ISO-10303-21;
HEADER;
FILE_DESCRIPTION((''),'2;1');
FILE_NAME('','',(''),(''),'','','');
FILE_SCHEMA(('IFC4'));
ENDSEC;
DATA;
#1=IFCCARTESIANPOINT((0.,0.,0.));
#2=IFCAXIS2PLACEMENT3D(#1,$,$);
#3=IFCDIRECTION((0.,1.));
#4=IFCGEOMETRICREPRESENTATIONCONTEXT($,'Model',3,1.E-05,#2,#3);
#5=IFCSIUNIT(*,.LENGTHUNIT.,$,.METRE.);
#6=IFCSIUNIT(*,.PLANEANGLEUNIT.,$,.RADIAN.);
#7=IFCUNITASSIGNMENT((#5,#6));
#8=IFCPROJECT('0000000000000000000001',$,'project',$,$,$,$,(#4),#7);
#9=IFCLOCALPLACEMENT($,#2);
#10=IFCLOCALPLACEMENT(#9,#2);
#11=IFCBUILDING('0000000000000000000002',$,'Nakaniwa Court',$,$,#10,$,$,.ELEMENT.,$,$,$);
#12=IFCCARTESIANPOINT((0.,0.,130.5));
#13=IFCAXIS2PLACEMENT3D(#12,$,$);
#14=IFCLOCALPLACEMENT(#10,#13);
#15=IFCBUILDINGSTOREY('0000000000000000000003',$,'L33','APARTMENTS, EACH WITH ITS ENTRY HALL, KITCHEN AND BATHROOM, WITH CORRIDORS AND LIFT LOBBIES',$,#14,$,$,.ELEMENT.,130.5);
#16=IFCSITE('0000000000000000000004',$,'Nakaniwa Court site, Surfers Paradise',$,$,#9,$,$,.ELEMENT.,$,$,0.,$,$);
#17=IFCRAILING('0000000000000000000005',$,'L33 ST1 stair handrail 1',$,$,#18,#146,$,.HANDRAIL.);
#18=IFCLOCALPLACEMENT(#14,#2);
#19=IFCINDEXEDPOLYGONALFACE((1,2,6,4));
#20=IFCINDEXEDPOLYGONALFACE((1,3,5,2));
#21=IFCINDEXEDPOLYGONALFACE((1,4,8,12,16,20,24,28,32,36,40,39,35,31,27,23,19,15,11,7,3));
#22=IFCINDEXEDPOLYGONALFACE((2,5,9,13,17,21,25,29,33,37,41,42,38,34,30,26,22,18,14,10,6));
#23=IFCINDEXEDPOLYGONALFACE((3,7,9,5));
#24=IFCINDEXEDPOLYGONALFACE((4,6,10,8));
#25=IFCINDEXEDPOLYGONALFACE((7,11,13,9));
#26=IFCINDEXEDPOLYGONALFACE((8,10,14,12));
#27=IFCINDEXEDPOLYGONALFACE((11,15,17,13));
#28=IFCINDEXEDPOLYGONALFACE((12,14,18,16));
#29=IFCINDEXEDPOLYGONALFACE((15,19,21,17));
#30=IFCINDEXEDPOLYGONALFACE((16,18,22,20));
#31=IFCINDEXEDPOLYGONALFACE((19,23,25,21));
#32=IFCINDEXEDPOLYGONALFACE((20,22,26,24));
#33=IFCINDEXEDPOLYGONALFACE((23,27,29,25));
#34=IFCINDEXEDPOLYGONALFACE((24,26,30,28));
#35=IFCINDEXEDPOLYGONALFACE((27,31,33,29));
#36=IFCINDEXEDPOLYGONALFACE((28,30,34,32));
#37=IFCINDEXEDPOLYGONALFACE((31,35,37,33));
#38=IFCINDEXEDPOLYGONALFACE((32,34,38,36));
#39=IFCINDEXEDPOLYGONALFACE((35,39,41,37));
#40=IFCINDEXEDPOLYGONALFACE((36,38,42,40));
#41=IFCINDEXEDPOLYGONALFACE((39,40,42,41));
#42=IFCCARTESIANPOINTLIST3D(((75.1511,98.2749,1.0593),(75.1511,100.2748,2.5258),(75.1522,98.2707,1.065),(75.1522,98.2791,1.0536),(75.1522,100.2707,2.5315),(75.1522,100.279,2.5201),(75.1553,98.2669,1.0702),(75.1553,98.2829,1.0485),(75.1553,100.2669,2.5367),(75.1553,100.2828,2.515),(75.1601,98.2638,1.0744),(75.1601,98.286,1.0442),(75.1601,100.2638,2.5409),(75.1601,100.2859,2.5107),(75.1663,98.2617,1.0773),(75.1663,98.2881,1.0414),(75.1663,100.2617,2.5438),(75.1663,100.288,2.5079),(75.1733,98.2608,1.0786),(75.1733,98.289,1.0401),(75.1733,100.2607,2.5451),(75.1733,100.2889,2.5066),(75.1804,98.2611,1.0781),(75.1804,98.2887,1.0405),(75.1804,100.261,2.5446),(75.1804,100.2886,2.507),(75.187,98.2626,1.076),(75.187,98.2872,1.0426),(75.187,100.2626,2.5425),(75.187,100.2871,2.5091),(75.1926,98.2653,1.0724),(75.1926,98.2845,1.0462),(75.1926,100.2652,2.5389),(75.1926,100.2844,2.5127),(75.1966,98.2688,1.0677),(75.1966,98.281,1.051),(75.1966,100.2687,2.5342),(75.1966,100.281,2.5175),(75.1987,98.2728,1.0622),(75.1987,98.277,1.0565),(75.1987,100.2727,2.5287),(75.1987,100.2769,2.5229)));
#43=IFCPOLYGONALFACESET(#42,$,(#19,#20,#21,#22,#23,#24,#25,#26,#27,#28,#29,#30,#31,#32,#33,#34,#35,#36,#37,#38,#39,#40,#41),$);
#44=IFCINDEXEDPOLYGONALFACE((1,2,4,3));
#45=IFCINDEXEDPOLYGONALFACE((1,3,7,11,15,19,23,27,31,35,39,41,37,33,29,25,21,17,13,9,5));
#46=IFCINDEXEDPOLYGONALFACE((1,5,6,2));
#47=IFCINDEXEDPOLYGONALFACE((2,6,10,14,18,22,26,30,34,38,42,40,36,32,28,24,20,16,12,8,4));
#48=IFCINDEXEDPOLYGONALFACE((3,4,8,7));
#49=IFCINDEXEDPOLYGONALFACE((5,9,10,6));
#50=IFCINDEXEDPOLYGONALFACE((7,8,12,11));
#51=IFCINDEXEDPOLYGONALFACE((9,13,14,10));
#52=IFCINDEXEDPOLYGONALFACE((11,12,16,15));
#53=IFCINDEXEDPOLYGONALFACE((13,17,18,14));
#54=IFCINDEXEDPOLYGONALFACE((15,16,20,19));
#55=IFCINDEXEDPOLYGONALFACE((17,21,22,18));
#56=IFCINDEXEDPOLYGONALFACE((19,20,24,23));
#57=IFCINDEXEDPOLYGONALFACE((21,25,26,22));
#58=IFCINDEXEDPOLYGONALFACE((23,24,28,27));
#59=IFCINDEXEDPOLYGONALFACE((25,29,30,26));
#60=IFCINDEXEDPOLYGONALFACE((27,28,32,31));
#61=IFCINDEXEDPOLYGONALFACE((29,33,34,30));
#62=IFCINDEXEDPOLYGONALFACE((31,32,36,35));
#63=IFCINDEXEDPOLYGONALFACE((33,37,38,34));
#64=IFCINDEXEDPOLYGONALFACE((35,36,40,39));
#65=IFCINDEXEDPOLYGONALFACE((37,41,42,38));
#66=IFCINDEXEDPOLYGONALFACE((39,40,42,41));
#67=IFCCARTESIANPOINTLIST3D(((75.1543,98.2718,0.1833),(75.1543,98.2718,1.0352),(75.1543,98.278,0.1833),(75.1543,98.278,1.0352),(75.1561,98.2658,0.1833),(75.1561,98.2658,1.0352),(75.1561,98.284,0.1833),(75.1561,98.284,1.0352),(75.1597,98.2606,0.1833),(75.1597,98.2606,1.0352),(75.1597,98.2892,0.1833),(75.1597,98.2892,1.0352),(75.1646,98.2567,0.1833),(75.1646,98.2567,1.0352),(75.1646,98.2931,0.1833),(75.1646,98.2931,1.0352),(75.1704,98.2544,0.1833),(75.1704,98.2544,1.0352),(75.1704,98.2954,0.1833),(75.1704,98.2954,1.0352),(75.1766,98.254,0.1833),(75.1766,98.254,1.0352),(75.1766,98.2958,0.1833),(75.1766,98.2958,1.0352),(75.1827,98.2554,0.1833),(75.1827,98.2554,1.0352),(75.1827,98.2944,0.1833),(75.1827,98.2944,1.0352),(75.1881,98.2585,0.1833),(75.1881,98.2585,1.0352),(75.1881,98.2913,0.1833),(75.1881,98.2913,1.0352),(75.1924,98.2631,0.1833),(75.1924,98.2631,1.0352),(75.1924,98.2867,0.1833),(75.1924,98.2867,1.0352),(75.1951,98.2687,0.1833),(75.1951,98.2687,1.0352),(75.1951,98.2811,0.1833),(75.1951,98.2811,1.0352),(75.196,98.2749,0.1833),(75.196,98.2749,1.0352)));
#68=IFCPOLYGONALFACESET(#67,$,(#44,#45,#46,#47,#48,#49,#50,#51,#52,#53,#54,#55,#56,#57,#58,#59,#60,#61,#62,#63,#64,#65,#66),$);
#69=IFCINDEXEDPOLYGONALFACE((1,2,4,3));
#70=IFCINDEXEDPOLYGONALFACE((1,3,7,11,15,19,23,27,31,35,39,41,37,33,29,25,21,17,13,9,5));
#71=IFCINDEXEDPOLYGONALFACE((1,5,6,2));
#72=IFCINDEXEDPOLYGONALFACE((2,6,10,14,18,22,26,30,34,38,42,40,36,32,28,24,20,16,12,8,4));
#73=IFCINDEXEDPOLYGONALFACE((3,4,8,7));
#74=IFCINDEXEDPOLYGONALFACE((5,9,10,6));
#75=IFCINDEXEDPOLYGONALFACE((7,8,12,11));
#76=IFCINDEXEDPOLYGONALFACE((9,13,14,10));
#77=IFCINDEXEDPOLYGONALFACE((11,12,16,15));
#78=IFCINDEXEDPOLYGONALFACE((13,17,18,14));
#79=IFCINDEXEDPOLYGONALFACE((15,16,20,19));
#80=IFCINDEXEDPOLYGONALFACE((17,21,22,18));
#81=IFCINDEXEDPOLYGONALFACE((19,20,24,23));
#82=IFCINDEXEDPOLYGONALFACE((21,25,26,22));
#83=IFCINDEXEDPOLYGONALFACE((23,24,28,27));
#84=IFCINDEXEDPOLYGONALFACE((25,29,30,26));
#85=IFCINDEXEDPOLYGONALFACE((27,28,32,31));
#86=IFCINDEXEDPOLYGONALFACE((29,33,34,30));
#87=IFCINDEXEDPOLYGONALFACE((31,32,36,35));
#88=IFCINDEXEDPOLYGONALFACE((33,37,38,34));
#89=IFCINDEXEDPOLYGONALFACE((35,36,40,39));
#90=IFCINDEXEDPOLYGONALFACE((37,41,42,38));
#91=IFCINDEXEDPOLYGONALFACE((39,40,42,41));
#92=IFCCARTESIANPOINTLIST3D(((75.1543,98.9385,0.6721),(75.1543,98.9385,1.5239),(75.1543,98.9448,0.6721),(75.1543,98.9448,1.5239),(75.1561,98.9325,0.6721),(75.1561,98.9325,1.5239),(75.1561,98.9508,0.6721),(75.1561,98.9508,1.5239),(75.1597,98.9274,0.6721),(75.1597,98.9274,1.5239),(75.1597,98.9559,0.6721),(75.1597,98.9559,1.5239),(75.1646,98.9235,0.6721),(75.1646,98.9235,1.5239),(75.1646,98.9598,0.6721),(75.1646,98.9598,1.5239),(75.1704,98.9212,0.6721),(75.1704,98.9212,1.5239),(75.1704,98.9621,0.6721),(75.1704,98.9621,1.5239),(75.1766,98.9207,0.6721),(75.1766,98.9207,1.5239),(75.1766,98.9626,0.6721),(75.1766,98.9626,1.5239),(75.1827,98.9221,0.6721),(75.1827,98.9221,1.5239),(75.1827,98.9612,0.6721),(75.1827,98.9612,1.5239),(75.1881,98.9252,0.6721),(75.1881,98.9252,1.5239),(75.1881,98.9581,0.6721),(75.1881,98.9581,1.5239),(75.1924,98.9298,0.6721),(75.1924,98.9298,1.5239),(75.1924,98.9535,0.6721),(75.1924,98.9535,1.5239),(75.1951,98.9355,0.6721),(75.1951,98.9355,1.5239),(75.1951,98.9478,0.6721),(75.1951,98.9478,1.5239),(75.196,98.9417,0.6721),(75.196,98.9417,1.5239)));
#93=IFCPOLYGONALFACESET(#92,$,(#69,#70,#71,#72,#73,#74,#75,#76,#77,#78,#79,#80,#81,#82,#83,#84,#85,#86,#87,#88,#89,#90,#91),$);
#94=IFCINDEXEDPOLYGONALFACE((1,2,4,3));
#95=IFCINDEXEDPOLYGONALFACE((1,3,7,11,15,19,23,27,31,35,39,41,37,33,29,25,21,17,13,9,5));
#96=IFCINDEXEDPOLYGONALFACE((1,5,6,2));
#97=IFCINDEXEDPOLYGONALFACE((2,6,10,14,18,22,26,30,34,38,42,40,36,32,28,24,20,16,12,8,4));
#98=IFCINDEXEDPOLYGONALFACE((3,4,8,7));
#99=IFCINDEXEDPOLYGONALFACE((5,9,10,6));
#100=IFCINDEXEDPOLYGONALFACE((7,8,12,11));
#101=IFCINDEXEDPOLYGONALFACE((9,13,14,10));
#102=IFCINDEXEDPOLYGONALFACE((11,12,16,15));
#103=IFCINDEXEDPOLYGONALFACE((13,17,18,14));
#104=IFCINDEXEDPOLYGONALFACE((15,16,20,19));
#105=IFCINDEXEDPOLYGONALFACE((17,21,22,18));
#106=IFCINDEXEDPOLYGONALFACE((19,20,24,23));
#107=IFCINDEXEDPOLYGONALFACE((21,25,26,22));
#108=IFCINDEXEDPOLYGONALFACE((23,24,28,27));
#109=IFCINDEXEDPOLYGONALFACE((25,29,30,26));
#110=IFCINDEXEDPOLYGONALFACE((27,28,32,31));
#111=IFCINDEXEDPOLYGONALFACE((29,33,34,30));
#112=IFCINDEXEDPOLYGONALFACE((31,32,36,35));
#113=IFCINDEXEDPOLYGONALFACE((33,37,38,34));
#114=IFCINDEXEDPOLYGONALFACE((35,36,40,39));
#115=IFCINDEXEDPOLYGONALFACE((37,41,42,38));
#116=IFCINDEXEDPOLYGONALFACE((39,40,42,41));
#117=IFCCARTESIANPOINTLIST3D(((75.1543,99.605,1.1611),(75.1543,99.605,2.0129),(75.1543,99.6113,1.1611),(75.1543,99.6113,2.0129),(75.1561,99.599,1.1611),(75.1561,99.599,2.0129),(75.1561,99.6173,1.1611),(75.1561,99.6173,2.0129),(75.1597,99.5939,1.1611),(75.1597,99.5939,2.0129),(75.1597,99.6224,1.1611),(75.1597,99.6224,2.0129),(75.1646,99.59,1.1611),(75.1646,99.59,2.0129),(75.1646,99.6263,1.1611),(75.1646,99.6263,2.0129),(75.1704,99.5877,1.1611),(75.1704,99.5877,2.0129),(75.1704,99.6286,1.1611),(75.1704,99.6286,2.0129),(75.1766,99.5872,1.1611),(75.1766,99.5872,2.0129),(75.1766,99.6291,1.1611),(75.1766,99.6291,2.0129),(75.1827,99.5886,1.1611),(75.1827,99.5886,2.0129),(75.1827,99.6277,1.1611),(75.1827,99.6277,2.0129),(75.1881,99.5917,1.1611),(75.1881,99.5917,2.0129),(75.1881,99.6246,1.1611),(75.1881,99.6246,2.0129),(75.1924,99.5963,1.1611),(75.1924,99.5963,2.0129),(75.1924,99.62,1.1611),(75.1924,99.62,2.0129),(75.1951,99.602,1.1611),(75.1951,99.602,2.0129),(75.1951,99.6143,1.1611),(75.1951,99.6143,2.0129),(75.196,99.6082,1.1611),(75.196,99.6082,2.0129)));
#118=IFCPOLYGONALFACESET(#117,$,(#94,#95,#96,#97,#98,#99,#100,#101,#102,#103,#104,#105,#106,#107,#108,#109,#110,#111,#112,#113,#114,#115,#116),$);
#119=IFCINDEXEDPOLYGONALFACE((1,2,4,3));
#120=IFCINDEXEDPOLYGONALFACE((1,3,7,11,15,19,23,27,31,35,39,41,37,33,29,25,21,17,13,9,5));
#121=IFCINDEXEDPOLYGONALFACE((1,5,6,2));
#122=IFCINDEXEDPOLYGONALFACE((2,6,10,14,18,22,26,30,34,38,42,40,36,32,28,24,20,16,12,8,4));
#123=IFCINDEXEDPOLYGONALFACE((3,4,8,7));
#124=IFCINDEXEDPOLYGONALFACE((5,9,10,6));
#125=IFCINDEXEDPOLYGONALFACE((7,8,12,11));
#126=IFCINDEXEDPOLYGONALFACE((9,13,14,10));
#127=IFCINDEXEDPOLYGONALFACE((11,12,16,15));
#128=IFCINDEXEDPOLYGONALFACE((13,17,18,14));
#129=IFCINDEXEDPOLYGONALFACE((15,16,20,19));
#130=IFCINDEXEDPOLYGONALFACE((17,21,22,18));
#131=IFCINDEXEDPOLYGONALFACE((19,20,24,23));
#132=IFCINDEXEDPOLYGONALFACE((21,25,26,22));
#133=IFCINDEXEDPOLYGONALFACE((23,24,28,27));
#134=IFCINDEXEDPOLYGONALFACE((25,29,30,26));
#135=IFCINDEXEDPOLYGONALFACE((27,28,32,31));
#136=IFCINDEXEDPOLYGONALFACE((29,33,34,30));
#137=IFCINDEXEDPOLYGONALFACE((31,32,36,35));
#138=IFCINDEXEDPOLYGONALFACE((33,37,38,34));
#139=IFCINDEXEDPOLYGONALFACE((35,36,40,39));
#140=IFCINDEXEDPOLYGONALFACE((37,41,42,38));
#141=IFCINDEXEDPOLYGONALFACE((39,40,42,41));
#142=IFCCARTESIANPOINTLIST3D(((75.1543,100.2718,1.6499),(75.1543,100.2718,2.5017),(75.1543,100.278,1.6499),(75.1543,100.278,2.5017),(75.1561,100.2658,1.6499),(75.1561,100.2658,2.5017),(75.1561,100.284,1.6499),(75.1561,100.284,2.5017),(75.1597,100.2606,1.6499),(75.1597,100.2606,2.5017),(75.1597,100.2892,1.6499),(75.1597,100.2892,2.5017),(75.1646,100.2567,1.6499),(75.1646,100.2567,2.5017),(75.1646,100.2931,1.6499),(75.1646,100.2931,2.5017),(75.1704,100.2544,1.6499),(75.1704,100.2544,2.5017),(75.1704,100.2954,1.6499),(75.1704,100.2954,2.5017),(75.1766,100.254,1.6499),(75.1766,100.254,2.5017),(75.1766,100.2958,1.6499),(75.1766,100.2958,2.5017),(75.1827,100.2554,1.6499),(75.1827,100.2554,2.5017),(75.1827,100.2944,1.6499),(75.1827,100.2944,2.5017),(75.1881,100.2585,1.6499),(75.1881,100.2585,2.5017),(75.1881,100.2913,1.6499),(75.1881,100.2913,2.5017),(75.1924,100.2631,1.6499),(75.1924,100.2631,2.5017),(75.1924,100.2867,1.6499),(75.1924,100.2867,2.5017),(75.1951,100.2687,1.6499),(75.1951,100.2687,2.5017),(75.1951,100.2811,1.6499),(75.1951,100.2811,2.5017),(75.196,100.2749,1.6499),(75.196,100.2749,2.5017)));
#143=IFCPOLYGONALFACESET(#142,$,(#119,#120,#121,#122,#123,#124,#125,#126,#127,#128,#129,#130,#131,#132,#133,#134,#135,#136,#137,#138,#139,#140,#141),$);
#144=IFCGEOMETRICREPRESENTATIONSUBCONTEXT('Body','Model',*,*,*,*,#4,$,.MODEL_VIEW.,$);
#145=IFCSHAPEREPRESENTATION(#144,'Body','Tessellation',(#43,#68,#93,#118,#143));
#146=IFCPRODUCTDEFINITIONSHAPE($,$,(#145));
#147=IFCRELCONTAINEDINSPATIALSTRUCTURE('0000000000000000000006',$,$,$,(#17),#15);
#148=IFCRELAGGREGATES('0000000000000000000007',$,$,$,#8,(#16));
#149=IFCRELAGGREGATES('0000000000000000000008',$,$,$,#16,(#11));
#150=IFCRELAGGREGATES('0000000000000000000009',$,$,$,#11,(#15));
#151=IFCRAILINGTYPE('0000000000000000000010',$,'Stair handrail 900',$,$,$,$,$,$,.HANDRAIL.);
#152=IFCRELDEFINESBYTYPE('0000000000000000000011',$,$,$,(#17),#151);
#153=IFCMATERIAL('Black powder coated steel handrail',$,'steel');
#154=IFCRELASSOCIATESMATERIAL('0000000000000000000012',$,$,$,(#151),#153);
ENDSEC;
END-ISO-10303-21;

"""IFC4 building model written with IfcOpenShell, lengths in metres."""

from ifc_helpers import new_model, si_unit, direction, frame, origin, origin_2d, place, context, subcontext, project, spatial, circle, extrude, material, type_object, element, save


model = new_model("IFC4")

# Units and contexts
model_context = context("Model", 3, precision=1e-05, world=origin(), true_north=direction((0.0, 1.0)))
body_context = subcontext(model_context, "Body", "Model", "MODEL_VIEW")
ifc_project = project(units=[si_unit("LENGTHUNIT", "METRE"), si_unit("PLANEANGLEUNIT", "RADIAN")], contexts=[model_context])

# Site, building, storey
site_placement = place(None, origin())
site = spatial("IfcSite", under=ifc_project, at=site_placement, Name="Nakaniwa Court site, Surfers Paradise", CompositionType="ELEMENT", RefElevation=0.0)
building_placement = place(site_placement, origin())
building = spatial("IfcBuilding", under=site, at=building_placement, Name="Nakaniwa Court", CompositionType="ELEMENT")
storey_placement = place(building_placement, frame((0.0, 0.0, 130.5)))
storey = spatial("IfcBuildingStorey", under=building, at=storey_placement, Name="L33", Description="APARTMENTS, EACH WITH ITS ENTRY HALL, KITCHEN AND BATHROOM, WITH CORRIDORS AND LIFT LOBBIES", CompositionType="ELEMENT", Elevation=130.5)

# Railing
ifc_material_1 = material(Name="Black powder coated steel handrail", Category="steel")
railing_type_1 = type_object("IfcRailingType", Name="Stair handrail 900", PredefinedType="HANDRAIL", material=ifc_material_1)
railing_1_placement = place(storey_placement, frame((75.175, 98.2749, 0.1833)))
element("IfcRailing", 1, at=railing_1_placement, inside=storey, type_object=railing_type_1, Name="L33 ST1 stair handrail 1", PredefinedType="HANDRAIL", context=body_context, shape_type="SweptSolid", body=[
    extrude(circle(Radius=0.0239, at=origin_2d()), frame((0.0, 0.0, 0.876), z_axis=(0.0, 0.806427, 0.591334), x_axis=(-1.0, 0.0, 0.0)), (0.0, 0.0, 1.0), 2.48),
    extrude(circle(Radius=0.021, at=origin_2d()), origin(), (0.0, 0.0, 1.0), 0.8518),
    extrude(circle(Radius=0.021, at=origin_2d()), frame((0.0, 0.6667, 0.4888)), (0.0, 0.0, 1.0), 0.8518),
    extrude(circle(Radius=0.021, at=origin_2d()), frame((0.0, 1.3333, 0.9778)), (0.0, 0.0, 1.0), 0.8518),
    extrude(circle(Radius=0.021, at=origin_2d()), frame((0.0, 2.0, 1.4666)), (0.0, 0.0, 1.0), 0.8518),
])

save(model, "model.ifc")
